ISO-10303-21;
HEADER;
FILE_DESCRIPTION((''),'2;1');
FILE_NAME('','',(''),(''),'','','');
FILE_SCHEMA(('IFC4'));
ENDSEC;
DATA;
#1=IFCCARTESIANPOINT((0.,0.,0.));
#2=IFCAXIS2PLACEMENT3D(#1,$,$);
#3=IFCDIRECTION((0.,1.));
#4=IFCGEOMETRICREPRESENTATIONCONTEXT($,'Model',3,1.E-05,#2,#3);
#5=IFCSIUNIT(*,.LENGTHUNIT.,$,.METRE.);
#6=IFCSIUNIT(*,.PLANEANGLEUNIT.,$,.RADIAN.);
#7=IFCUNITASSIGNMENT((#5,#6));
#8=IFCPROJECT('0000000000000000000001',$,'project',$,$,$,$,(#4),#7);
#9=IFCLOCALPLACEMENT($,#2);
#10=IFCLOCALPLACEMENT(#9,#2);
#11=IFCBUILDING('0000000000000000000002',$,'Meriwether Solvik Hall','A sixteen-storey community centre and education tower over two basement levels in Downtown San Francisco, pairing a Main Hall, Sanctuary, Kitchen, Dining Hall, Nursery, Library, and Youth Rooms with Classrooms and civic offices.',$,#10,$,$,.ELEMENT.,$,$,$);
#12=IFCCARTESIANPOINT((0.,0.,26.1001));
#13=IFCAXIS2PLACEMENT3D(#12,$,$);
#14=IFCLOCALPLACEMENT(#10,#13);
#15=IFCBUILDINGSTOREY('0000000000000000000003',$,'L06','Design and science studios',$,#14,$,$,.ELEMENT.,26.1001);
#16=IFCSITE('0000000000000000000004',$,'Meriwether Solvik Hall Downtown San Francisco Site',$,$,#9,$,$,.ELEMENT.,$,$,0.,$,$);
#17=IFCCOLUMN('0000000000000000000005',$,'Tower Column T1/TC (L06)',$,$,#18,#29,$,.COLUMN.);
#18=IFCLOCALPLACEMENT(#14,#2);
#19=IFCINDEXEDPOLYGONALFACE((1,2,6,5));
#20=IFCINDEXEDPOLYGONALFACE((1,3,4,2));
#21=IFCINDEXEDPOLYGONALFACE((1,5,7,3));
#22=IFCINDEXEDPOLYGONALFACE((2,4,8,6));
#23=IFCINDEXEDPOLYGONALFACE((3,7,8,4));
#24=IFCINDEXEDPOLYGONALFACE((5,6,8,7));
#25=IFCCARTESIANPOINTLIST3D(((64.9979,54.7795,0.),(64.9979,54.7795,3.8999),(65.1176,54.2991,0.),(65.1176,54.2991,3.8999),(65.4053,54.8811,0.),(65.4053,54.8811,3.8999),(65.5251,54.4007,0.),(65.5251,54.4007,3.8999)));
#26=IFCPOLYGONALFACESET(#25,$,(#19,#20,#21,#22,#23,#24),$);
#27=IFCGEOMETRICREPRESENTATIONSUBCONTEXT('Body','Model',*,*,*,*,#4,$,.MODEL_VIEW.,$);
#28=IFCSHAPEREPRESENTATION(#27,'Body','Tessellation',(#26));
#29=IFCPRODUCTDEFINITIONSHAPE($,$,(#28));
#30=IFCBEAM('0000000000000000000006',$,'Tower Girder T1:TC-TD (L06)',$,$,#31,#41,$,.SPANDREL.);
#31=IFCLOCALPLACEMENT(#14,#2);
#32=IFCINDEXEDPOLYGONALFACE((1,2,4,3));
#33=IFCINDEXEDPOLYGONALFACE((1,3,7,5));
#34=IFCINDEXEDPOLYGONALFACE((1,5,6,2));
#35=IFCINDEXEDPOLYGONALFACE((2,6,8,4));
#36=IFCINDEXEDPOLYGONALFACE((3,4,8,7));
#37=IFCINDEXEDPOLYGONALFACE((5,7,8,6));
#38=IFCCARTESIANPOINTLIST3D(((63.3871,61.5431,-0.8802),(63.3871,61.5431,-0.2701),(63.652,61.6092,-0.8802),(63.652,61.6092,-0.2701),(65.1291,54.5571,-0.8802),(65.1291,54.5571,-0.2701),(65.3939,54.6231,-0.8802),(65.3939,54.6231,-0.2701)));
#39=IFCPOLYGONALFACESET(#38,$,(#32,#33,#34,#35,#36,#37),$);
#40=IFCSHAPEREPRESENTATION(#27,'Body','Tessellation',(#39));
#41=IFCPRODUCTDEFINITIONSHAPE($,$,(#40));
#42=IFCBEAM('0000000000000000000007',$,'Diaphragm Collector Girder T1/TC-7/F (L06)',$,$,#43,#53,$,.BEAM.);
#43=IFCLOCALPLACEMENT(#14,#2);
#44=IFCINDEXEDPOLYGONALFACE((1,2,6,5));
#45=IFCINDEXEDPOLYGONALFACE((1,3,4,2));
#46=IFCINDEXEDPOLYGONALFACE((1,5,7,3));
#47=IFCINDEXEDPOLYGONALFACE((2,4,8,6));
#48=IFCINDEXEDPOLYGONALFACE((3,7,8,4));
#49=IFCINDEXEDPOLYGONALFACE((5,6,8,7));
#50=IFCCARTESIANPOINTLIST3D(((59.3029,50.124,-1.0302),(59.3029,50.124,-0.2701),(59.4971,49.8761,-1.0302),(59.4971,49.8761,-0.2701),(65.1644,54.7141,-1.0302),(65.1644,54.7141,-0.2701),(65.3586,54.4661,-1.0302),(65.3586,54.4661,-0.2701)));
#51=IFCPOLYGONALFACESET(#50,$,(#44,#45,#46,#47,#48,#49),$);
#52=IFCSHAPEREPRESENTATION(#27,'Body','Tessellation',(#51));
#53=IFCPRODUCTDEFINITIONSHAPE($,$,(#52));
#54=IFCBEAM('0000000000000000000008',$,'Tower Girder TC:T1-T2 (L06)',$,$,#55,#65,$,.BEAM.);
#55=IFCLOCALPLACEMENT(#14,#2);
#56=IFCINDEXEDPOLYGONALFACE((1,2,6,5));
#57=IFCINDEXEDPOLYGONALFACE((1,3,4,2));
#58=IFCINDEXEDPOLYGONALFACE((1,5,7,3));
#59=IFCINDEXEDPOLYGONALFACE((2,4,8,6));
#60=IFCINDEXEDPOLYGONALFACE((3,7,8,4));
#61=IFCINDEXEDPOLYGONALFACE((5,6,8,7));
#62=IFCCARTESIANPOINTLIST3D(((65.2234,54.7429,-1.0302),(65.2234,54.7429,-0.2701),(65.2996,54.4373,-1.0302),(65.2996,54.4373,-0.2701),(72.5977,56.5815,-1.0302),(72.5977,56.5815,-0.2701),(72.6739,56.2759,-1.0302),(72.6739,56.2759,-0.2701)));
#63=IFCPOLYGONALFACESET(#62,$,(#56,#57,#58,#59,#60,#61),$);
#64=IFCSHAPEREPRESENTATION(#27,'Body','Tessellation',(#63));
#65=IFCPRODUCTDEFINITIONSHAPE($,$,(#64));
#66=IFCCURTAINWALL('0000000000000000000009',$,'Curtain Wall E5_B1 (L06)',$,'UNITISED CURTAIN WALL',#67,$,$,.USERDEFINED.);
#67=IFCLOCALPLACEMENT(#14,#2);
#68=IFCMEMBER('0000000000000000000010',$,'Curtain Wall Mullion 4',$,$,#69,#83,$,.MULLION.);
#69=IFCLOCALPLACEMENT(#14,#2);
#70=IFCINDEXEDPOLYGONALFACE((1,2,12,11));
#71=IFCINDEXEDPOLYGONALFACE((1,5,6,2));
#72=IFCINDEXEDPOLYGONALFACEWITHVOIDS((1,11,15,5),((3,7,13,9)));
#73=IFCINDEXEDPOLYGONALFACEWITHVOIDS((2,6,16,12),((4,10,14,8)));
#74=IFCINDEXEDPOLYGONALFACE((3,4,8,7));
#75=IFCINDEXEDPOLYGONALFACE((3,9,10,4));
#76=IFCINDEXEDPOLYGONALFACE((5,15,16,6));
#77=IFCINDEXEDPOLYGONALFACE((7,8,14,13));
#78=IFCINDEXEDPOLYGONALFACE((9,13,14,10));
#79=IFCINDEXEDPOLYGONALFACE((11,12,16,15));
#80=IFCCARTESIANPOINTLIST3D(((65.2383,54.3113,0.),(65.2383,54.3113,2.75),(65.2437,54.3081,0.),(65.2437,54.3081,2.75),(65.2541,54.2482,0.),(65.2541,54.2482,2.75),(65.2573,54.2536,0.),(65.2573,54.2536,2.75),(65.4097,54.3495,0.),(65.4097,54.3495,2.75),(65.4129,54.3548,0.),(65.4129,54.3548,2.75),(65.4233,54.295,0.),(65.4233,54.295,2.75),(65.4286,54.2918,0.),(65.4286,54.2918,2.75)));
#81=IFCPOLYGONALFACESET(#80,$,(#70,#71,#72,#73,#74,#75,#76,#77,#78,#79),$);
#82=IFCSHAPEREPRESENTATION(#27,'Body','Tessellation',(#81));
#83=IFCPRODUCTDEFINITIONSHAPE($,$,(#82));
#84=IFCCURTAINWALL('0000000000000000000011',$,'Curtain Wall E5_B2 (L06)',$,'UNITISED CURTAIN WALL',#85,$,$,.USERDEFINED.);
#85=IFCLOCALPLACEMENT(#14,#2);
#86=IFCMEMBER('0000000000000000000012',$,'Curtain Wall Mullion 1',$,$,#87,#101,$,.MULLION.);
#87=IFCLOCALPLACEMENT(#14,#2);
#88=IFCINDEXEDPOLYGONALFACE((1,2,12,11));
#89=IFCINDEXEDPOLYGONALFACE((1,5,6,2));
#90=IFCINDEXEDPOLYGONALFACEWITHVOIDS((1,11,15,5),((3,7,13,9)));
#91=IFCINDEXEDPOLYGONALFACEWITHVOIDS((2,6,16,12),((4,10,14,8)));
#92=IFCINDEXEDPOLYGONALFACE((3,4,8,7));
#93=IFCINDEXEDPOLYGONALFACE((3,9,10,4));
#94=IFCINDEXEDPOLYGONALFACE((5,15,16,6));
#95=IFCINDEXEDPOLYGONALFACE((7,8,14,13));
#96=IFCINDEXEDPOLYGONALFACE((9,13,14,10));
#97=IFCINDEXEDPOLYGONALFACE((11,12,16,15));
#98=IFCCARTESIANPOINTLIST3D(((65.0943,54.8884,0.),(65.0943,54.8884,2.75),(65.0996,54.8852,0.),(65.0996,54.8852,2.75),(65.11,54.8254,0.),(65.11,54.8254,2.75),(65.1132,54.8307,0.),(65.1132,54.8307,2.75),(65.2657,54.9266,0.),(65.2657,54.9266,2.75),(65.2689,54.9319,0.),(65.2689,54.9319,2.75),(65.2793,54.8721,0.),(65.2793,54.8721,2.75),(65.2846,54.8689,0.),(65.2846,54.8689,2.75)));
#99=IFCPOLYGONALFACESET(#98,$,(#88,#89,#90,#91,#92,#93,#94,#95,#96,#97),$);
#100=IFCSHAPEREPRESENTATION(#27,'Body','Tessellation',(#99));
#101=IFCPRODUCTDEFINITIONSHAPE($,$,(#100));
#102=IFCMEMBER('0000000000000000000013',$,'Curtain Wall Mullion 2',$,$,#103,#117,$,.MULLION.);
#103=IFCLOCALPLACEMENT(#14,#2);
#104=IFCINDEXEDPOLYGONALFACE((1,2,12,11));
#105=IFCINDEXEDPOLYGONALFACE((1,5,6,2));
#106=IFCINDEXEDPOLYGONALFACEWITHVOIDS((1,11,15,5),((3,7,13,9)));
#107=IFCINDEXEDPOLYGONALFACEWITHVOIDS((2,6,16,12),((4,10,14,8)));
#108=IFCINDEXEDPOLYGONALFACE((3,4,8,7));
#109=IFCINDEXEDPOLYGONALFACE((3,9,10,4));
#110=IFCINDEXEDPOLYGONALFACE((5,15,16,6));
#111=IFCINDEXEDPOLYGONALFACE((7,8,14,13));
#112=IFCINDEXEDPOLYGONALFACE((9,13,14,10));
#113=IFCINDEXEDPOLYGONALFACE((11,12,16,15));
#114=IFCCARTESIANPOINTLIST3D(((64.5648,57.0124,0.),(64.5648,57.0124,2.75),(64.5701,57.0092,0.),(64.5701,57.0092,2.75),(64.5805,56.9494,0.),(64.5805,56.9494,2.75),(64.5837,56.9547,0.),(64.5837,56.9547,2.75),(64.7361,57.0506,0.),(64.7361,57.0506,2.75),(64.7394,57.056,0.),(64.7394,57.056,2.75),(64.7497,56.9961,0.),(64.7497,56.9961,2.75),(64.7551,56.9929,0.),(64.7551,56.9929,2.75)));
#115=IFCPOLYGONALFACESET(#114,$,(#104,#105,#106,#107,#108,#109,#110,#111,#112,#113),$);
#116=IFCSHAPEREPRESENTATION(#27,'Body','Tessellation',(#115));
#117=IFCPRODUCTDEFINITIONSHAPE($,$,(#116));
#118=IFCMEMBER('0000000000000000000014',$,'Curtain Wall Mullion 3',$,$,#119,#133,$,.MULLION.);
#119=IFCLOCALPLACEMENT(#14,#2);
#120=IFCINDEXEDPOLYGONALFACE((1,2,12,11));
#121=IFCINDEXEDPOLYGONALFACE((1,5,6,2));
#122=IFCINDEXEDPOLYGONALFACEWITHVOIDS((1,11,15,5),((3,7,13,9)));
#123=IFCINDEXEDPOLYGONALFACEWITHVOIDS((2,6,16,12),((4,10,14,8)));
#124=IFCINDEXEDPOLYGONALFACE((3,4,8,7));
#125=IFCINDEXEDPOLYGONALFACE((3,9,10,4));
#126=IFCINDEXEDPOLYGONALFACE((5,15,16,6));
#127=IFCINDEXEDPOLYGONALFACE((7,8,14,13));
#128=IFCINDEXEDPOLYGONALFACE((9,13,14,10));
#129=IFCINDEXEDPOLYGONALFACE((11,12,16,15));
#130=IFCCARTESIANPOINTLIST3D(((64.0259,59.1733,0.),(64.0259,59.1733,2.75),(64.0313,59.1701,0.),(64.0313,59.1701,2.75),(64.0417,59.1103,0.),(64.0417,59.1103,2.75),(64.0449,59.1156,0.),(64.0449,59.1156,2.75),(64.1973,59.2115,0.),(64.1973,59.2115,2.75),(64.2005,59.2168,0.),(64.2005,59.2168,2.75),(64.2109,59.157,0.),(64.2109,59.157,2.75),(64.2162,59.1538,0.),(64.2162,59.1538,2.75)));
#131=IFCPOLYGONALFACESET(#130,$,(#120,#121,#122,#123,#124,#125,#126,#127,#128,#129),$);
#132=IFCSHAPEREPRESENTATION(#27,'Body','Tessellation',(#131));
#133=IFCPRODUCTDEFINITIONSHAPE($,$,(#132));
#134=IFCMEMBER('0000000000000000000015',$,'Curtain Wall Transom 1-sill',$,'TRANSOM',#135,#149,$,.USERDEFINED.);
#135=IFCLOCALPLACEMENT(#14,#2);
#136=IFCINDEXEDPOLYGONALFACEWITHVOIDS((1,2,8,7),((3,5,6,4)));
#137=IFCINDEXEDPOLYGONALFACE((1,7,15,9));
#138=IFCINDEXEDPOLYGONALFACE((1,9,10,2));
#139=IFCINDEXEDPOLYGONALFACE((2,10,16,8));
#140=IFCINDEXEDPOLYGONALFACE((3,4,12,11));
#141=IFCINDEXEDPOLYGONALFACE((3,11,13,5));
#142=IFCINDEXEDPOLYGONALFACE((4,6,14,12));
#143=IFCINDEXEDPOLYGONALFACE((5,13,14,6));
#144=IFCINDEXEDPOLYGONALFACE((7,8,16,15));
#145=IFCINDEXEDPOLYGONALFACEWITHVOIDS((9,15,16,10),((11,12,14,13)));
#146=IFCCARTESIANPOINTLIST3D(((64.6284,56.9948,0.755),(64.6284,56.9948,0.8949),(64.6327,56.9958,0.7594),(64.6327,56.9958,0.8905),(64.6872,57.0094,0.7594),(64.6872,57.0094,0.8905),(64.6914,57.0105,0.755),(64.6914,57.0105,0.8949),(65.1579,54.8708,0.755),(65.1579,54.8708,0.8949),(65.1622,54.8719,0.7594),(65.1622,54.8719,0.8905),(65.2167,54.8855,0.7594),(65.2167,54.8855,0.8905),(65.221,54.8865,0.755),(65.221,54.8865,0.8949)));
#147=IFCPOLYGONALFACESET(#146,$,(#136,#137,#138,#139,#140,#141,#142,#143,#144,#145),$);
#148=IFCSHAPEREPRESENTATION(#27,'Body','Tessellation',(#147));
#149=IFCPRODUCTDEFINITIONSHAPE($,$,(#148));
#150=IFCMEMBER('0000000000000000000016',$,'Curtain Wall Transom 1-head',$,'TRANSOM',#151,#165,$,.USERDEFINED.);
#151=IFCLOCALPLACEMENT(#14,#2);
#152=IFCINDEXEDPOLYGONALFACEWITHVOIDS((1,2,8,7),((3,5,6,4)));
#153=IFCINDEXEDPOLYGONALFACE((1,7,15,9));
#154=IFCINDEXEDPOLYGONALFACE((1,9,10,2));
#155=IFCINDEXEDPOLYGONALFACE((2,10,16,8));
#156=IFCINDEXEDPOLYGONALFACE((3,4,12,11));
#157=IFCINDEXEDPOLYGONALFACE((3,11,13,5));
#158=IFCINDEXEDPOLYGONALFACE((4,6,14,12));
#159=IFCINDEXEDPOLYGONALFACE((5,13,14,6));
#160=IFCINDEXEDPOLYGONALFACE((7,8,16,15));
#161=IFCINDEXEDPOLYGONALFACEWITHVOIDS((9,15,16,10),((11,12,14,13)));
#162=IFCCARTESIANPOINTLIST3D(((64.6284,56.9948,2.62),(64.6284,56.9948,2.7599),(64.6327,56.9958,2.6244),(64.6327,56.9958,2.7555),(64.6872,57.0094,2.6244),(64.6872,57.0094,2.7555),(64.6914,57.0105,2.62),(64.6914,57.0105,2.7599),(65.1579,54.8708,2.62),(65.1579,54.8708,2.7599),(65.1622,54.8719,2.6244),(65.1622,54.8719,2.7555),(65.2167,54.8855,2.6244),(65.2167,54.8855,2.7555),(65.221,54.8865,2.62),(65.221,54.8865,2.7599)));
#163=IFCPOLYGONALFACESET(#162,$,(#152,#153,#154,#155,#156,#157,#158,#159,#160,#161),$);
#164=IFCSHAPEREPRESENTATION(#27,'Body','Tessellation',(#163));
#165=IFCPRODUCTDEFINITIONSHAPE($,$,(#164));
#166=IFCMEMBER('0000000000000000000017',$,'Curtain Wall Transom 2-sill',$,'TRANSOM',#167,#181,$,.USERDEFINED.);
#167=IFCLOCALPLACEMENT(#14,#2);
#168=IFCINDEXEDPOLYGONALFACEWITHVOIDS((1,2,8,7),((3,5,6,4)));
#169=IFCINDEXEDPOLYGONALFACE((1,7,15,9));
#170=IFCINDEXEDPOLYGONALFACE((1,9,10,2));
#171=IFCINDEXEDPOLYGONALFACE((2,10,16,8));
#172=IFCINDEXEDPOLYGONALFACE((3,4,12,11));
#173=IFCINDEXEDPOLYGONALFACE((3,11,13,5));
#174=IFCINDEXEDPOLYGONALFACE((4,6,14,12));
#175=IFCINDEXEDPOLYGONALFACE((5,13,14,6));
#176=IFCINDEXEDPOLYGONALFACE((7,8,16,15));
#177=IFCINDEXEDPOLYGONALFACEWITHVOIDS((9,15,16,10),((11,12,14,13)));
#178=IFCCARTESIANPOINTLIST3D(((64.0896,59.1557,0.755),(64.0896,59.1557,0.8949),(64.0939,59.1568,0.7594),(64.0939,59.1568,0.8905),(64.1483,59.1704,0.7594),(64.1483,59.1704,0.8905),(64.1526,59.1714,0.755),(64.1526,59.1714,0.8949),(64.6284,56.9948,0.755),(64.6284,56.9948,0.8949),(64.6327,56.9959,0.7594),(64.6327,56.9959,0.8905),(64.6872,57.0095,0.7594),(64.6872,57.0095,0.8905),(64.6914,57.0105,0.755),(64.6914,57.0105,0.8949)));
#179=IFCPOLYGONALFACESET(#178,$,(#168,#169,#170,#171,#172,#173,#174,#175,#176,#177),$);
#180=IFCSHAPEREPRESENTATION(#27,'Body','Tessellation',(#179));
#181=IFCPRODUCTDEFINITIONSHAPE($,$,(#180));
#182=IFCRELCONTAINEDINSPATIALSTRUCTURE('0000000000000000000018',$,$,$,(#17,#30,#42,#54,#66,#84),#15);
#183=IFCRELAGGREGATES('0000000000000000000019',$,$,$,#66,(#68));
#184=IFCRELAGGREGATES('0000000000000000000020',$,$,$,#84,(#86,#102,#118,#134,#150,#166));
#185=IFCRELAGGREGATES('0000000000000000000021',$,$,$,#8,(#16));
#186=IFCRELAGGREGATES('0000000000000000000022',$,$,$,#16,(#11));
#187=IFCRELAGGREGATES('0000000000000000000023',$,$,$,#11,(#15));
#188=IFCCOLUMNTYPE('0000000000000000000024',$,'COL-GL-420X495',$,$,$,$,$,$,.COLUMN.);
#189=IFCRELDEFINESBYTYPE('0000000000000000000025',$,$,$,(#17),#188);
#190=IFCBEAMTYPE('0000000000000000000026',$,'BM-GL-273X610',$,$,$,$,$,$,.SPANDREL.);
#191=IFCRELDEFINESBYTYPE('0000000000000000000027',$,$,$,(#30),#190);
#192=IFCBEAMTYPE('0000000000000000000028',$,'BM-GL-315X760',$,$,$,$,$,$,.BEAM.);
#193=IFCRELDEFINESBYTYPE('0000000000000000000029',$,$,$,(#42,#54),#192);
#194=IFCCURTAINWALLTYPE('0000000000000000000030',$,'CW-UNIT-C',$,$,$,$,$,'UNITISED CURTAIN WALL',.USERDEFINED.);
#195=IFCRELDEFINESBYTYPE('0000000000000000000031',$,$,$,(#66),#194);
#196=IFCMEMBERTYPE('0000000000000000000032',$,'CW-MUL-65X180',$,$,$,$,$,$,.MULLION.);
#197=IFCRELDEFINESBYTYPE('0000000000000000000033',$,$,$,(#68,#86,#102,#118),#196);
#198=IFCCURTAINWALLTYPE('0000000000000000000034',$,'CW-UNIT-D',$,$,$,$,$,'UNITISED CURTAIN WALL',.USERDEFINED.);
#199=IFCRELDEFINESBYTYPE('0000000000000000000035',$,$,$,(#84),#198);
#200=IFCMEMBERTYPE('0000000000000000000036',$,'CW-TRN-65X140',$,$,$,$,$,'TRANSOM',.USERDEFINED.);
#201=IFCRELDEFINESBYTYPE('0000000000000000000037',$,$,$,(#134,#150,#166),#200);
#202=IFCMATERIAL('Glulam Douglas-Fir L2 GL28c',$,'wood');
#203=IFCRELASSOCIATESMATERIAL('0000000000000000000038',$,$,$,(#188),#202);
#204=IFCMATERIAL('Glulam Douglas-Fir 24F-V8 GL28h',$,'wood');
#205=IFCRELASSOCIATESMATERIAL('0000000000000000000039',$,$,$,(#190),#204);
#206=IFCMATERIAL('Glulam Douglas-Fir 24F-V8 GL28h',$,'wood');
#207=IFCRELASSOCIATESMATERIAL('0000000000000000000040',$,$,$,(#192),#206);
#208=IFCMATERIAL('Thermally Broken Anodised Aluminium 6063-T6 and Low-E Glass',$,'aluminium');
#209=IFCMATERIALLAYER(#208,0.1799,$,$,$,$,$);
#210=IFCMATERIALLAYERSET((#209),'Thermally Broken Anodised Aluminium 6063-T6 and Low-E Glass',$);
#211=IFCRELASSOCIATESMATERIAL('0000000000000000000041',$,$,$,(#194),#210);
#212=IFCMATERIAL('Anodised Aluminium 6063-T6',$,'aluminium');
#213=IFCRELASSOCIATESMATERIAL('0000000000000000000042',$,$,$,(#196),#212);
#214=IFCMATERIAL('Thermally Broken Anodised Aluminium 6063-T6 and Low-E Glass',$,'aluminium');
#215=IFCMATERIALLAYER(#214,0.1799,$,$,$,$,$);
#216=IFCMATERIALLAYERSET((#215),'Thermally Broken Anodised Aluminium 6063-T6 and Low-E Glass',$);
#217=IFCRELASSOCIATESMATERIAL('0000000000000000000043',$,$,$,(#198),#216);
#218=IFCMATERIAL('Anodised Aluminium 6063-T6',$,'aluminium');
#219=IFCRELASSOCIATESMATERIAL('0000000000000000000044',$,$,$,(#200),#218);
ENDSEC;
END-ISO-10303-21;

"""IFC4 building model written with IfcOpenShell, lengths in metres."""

from ifc_helpers import new_model, si_unit, direction, frame, origin, origin_2d, place, context, subcontext, project, spatial, rectangle, hollow_rectangle, extrude, material, layer, layer_set, material_profile, profile_set, type_object, element, aggregate, save


model = new_model("IFC4")

# Units and contexts
model_context = context("Model", 3, precision=1e-05, world=origin(), true_north=direction((0.0, 1.0)))
body_context = subcontext(model_context, "Body", "Model", "MODEL_VIEW")
ifc_project = project(units=[si_unit("LENGTHUNIT", "METRE"), si_unit("PLANEANGLEUNIT", "RADIAN")], contexts=[model_context])

# Site, building, storey
site_placement = place(None, origin())
site = spatial("IfcSite", under=ifc_project, at=site_placement, Name="Meriwether Solvik Hall Downtown San Francisco Site", CompositionType="ELEMENT", RefElevation=0.0)
building_placement = place(site_placement, origin())
building = spatial("IfcBuilding", under=site, at=building_placement, Name="Meriwether Solvik Hall", Description="A sixteen-storey community centre and education tower over two basement levels in Downtown San Francisco, pairing a Main Hall, Sanctuary, Kitchen, Dining Hall, Nursery, Library, and Youth Rooms with Classrooms and civic offices.", CompositionType="ELEMENT")
storey_placement = place(building_placement, frame((0.0, 0.0, 26.1001)))
storey = spatial("IfcBuildingStorey", under=building, at=storey_placement, Name="L06", Description="Design and science studios", CompositionType="ELEMENT", Elevation=26.1001)

# Column
ifc_material_1 = material(Name="Glulam Douglas-Fir L2 GL28c", Category="wood")
ifc_material_profile_1 = material_profile(ifc_material_1, rectangle(XDim=0.4199, YDim=0.4951, at=origin_2d()), Name="GLC-420X495")
ifc_profile_set_1 = profile_set([ifc_material_profile_1], Name="Glulam Douglas-Fir L2 GL28c")
column_type = type_object("IfcColumnType", Name="COL-GL-420X495", PredefinedType="COLUMN", material=ifc_profile_set_1)
column_placement = place(storey_placement, frame((65.2615, 54.5901, 0.0), z_axis=(0.0, 0.0, 1.0), x_axis=(0.970296, 0.241922, 0.0)))
element("IfcColumn", 1, at=column_placement, inside=storey, type_object=column_type, Name="Tower Column T1/TC (L06)", PredefinedType="COLUMN", context=body_context, shape_type="SweptSolid", body=[
    extrude(rectangle(XDim=0.4199, YDim=0.4951, at=origin_2d()), origin(), (0.0, 0.0, 1.0), 3.8999),
])

# Beams
ifc_material_2 = material(Name="Glulam Douglas-Fir 24F-V8 GL28h", Category="wood")
ifc_material_profile_2 = material_profile(ifc_material_2, rectangle(XDim=0.2729, YDim=0.6101, at=origin_2d()), Name="GLB-273X610")
ifc_profile_set_2 = profile_set([ifc_material_profile_2], Name="Glulam Douglas-Fir 24F-V8 GL28h")
beam_type_1 = type_object("IfcBeamType", Name="BM-GL-273X610", PredefinedType="SPANDREL", material=ifc_profile_set_2)
beam_1_placement = place(storey_placement, frame((65.2615, 54.5901, -0.5752), z_axis=(-0.241937, 0.970292, 0.0), x_axis=(-0.970292, -0.241937, 0.0)))
element("IfcBeam", 2, at=beam_1_placement, inside=storey, type_object=beam_type_1, Name="Tower Girder T1:TC-TD (L06)", PredefinedType="SPANDREL", context=body_context, shape_type="SweptSolid", body=[
    extrude(rectangle(XDim=0.2729, YDim=0.6101, at=origin_2d()), origin(), (0.0, 0.0, 1.0), 7.2),
])
ifc_material_3 = material(Name="Glulam Douglas-Fir 24F-V8 GL28h", Category="wood")
ifc_material_profile_3 = material_profile(ifc_material_3, rectangle(XDim=0.3149, YDim=0.76, at=origin_2d()), Name="GLB-315X760")
ifc_profile_set_3 = profile_set([ifc_material_profile_3], Name="Glulam Douglas-Fir 24F-V8 GL28h")
beam_type_2 = type_object("IfcBeamType", Name="BM-GL-315X760", PredefinedType="BEAM", material=ifc_profile_set_3)
beam_2_placement = place(storey_placement, frame((65.2615, 54.5901, -0.6501), z_axis=(-0.787324, -0.616539, 0.0), x_axis=(0.616539, -0.787324, 0.0)))
element("IfcBeam", 3, at=beam_2_placement, inside=storey, type_object=beam_type_2, Name="Diaphragm Collector Girder T1/TC-7/F (L06)", PredefinedType="BEAM", context=body_context, shape_type="SweptSolid", body=[
    extrude(rectangle(XDim=0.3149, YDim=0.76, at=origin_2d()), origin(), (0.0, 0.0, 1.0), 7.4448),
])
beam_3_placement = place(storey_placement, frame((65.2615, 54.5901, -0.6501), z_axis=(0.970295, 0.241923, 0.0), x_axis=(-0.241923, 0.970295, 0.0)))
element("IfcBeam", 4, at=beam_3_placement, inside=storey, type_object=beam_type_2, Name="Tower Girder TC:T1-T2 (L06)", PredefinedType="BEAM", context=body_context, shape_type="SweptSolid", body=[
    extrude(rectangle(XDim=0.3149, YDim=0.76, at=origin_2d()), origin(), (0.0, 0.0, 1.0), 7.6001),
])

# Curtain wall, member
ifc_material_4 = material(Name="Thermally Broken Anodised Aluminium 6063-T6 and Low-E Glass", Category="aluminium")
ifc_layer_1 = layer(ifc_material_4, 0.1799)
ifc_layer_set_1 = layer_set([ifc_layer_1], Name="Thermally Broken Anodised Aluminium 6063-T6 and Low-E Glass")
curtain_wall_type_1 = type_object("IfcCurtainWallType", Name="CW-UNIT-C", ElementType="UNITISED CURTAIN WALL", PredefinedType="USERDEFINED", material=ifc_layer_set_1)
curtain_wall_1_placement = place(storey_placement, origin())
curtain_wall_1 = element("IfcCurtainWall", 5, at=curtain_wall_1_placement, inside=storey, type_object=curtain_wall_type_1, Name="Curtain Wall E5_B1 (L06)", ObjectType="UNITISED CURTAIN WALL", PredefinedType="USERDEFINED")
ifc_material_5 = material(Name="Anodised Aluminium 6063-T6", Category="aluminium")
ifc_material_profile_4 = material_profile(ifc_material_5, hollow_rectangle(XDim=0.0649, YDim=0.1799, WallThickness=0.0044, at=origin_2d()), Name="CWM-65X180")
ifc_profile_set_4 = profile_set([ifc_material_profile_4], Name="Anodised Aluminium 6063-T6")
member_type_1 = type_object("IfcMemberType", Name="CW-MUL-65X180", PredefinedType="MULLION", material=ifc_profile_set_4)
member_1_placement = place(storey_placement, frame((65.3335, 54.3015, 0.0), z_axis=(0.0, 0.0, 1.0), x_axis=(-0.241922, 0.970296, 0.0)))
member_1 = element("IfcMember", 6, at=member_1_placement, type_object=member_type_1, Name="Curtain Wall Mullion 4", PredefinedType="MULLION", context=body_context, shape_type="SweptSolid", body=[
    extrude(hollow_rectangle(XDim=0.0649, YDim=0.1799, WallThickness=0.0044, at=origin_2d()), origin(), (0.0, 0.0, 1.0), 2.75),
])
aggregate(curtain_wall_1, [member_1])

# Curtain wall, members
ifc_material_6 = material(Name="Thermally Broken Anodised Aluminium 6063-T6 and Low-E Glass", Category="aluminium")
ifc_layer_2 = layer(ifc_material_6, 0.1799)
ifc_layer_set_2 = layer_set([ifc_layer_2], Name="Thermally Broken Anodised Aluminium 6063-T6 and Low-E Glass")
curtain_wall_type_2 = type_object("IfcCurtainWallType", Name="CW-UNIT-D", ElementType="UNITISED CURTAIN WALL", PredefinedType="USERDEFINED", material=ifc_layer_set_2)
curtain_wall_2_placement = place(storey_placement, origin())
curtain_wall_2 = element("IfcCurtainWall", 7, at=curtain_wall_2_placement, inside=storey, type_object=curtain_wall_type_2, Name="Curtain Wall E5_B2 (L06)", ObjectType="UNITISED CURTAIN WALL", PredefinedType="USERDEFINED")
member_2_placement = place(storey_placement, frame((65.1895, 54.8787, 0.0), z_axis=(0.0, 0.0, 1.0), x_axis=(-0.241922, 0.970296, 0.0)))
member_2 = element("IfcMember", 8, at=member_2_placement, type_object=member_type_1, Name="Curtain Wall Mullion 1", PredefinedType="MULLION", context=body_context, shape_type="SweptSolid", body=[
    extrude(hollow_rectangle(XDim=0.0649, YDim=0.1799, WallThickness=0.0044, at=origin_2d()), origin(), (0.0, 0.0, 1.0), 2.75),
])
member_3_placement = place(storey_placement, frame((64.6599, 57.0027, 0.0), z_axis=(0.0, 0.0, 1.0), x_axis=(-0.241922, 0.970296, 0.0)))
member_3 = element("IfcMember", 9, at=member_3_placement, type_object=member_type_1, Name="Curtain Wall Mullion 2", PredefinedType="MULLION", context=body_context, shape_type="SweptSolid", body=[
    extrude(hollow_rectangle(XDim=0.0649, YDim=0.1799, WallThickness=0.0044, at=origin_2d()), origin(), (0.0, 0.0, 1.0), 2.75),
])
member_4_placement = place(storey_placement, frame((64.1211, 59.1636, 0.0), z_axis=(0.0, 0.0, 1.0), x_axis=(-0.241922, 0.970296, 0.0)))
member_4 = element("IfcMember", 10, at=member_4_placement, type_object=member_type_1, Name="Curtain Wall Mullion 3", PredefinedType="MULLION", context=body_context, shape_type="SweptSolid", body=[
    extrude(hollow_rectangle(XDim=0.0649, YDim=0.1799, WallThickness=0.0044, at=origin_2d()), origin(), (0.0, 0.0, 1.0), 2.75),
])
ifc_material_7 = material(Name="Anodised Aluminium 6063-T6", Category="aluminium")
ifc_material_profile_5 = material_profile(ifc_material_7, hollow_rectangle(XDim=0.0649, YDim=0.1399, WallThickness=0.0044, at=origin_2d()), Name="CWT-65X140")
ifc_profile_set_5 = profile_set([ifc_material_profile_5], Name="Anodised Aluminium 6063-T6")
member_type_2 = type_object("IfcMemberType", Name="CW-TRN-65X140", ElementType="TRANSOM", PredefinedType="USERDEFINED", material=ifc_profile_set_5)
member_5_placement = place(storey_placement, frame((65.1895, 54.8787, 0.825), z_axis=(-0.241906, 0.9703, 0.0), x_axis=(-0.9703, -0.241906, 0.0)))
member_5 = element("IfcMember", 11, at=member_5_placement, type_object=member_type_2, Name="Curtain Wall Transom 1-sill", ObjectType="TRANSOM", PredefinedType="USERDEFINED", context=body_context, shape_type="SweptSolid", body=[
    extrude(hollow_rectangle(XDim=0.0649, YDim=0.1399, WallThickness=0.0044, at=origin_2d()), origin(), (0.0, 0.0, 1.0), 2.189),
])
member_6_placement = place(storey_placement, frame((65.1895, 54.8787, 2.6899), z_axis=(-0.241906, 0.9703, 0.0), x_axis=(-0.9703, -0.241906, 0.0)))
member_6 = element("IfcMember", 12, at=member_6_placement, type_object=member_type_2, Name="Curtain Wall Transom 1-head", ObjectType="TRANSOM", PredefinedType="USERDEFINED", context=body_context, shape_type="SweptSolid", body=[
    extrude(hollow_rectangle(XDim=0.0649, YDim=0.1399, WallThickness=0.0044, at=origin_2d()), origin(), (0.0, 0.0, 1.0), 2.189),
])
member_7_placement = place(storey_placement, frame((64.6599, 57.0027, 0.825), z_axis=(-0.241942, 0.970291, 0.0), x_axis=(-0.970291, -0.241942, 0.0)))
member_7 = element("IfcMember", 13, at=member_7_placement, type_object=member_type_2, Name="Curtain Wall Transom 2-sill", ObjectType="TRANSOM", PredefinedType="USERDEFINED", context=body_context, shape_type="SweptSolid", body=[
    extrude(hollow_rectangle(XDim=0.0649, YDim=0.1399, WallThickness=0.0044, at=origin_2d()), origin(), (0.0, 0.0, 1.0), 2.2271),
])
aggregate(curtain_wall_2, [member_2, member_3, member_4, member_5, member_6, member_7])

save(model, "model.ifc")
